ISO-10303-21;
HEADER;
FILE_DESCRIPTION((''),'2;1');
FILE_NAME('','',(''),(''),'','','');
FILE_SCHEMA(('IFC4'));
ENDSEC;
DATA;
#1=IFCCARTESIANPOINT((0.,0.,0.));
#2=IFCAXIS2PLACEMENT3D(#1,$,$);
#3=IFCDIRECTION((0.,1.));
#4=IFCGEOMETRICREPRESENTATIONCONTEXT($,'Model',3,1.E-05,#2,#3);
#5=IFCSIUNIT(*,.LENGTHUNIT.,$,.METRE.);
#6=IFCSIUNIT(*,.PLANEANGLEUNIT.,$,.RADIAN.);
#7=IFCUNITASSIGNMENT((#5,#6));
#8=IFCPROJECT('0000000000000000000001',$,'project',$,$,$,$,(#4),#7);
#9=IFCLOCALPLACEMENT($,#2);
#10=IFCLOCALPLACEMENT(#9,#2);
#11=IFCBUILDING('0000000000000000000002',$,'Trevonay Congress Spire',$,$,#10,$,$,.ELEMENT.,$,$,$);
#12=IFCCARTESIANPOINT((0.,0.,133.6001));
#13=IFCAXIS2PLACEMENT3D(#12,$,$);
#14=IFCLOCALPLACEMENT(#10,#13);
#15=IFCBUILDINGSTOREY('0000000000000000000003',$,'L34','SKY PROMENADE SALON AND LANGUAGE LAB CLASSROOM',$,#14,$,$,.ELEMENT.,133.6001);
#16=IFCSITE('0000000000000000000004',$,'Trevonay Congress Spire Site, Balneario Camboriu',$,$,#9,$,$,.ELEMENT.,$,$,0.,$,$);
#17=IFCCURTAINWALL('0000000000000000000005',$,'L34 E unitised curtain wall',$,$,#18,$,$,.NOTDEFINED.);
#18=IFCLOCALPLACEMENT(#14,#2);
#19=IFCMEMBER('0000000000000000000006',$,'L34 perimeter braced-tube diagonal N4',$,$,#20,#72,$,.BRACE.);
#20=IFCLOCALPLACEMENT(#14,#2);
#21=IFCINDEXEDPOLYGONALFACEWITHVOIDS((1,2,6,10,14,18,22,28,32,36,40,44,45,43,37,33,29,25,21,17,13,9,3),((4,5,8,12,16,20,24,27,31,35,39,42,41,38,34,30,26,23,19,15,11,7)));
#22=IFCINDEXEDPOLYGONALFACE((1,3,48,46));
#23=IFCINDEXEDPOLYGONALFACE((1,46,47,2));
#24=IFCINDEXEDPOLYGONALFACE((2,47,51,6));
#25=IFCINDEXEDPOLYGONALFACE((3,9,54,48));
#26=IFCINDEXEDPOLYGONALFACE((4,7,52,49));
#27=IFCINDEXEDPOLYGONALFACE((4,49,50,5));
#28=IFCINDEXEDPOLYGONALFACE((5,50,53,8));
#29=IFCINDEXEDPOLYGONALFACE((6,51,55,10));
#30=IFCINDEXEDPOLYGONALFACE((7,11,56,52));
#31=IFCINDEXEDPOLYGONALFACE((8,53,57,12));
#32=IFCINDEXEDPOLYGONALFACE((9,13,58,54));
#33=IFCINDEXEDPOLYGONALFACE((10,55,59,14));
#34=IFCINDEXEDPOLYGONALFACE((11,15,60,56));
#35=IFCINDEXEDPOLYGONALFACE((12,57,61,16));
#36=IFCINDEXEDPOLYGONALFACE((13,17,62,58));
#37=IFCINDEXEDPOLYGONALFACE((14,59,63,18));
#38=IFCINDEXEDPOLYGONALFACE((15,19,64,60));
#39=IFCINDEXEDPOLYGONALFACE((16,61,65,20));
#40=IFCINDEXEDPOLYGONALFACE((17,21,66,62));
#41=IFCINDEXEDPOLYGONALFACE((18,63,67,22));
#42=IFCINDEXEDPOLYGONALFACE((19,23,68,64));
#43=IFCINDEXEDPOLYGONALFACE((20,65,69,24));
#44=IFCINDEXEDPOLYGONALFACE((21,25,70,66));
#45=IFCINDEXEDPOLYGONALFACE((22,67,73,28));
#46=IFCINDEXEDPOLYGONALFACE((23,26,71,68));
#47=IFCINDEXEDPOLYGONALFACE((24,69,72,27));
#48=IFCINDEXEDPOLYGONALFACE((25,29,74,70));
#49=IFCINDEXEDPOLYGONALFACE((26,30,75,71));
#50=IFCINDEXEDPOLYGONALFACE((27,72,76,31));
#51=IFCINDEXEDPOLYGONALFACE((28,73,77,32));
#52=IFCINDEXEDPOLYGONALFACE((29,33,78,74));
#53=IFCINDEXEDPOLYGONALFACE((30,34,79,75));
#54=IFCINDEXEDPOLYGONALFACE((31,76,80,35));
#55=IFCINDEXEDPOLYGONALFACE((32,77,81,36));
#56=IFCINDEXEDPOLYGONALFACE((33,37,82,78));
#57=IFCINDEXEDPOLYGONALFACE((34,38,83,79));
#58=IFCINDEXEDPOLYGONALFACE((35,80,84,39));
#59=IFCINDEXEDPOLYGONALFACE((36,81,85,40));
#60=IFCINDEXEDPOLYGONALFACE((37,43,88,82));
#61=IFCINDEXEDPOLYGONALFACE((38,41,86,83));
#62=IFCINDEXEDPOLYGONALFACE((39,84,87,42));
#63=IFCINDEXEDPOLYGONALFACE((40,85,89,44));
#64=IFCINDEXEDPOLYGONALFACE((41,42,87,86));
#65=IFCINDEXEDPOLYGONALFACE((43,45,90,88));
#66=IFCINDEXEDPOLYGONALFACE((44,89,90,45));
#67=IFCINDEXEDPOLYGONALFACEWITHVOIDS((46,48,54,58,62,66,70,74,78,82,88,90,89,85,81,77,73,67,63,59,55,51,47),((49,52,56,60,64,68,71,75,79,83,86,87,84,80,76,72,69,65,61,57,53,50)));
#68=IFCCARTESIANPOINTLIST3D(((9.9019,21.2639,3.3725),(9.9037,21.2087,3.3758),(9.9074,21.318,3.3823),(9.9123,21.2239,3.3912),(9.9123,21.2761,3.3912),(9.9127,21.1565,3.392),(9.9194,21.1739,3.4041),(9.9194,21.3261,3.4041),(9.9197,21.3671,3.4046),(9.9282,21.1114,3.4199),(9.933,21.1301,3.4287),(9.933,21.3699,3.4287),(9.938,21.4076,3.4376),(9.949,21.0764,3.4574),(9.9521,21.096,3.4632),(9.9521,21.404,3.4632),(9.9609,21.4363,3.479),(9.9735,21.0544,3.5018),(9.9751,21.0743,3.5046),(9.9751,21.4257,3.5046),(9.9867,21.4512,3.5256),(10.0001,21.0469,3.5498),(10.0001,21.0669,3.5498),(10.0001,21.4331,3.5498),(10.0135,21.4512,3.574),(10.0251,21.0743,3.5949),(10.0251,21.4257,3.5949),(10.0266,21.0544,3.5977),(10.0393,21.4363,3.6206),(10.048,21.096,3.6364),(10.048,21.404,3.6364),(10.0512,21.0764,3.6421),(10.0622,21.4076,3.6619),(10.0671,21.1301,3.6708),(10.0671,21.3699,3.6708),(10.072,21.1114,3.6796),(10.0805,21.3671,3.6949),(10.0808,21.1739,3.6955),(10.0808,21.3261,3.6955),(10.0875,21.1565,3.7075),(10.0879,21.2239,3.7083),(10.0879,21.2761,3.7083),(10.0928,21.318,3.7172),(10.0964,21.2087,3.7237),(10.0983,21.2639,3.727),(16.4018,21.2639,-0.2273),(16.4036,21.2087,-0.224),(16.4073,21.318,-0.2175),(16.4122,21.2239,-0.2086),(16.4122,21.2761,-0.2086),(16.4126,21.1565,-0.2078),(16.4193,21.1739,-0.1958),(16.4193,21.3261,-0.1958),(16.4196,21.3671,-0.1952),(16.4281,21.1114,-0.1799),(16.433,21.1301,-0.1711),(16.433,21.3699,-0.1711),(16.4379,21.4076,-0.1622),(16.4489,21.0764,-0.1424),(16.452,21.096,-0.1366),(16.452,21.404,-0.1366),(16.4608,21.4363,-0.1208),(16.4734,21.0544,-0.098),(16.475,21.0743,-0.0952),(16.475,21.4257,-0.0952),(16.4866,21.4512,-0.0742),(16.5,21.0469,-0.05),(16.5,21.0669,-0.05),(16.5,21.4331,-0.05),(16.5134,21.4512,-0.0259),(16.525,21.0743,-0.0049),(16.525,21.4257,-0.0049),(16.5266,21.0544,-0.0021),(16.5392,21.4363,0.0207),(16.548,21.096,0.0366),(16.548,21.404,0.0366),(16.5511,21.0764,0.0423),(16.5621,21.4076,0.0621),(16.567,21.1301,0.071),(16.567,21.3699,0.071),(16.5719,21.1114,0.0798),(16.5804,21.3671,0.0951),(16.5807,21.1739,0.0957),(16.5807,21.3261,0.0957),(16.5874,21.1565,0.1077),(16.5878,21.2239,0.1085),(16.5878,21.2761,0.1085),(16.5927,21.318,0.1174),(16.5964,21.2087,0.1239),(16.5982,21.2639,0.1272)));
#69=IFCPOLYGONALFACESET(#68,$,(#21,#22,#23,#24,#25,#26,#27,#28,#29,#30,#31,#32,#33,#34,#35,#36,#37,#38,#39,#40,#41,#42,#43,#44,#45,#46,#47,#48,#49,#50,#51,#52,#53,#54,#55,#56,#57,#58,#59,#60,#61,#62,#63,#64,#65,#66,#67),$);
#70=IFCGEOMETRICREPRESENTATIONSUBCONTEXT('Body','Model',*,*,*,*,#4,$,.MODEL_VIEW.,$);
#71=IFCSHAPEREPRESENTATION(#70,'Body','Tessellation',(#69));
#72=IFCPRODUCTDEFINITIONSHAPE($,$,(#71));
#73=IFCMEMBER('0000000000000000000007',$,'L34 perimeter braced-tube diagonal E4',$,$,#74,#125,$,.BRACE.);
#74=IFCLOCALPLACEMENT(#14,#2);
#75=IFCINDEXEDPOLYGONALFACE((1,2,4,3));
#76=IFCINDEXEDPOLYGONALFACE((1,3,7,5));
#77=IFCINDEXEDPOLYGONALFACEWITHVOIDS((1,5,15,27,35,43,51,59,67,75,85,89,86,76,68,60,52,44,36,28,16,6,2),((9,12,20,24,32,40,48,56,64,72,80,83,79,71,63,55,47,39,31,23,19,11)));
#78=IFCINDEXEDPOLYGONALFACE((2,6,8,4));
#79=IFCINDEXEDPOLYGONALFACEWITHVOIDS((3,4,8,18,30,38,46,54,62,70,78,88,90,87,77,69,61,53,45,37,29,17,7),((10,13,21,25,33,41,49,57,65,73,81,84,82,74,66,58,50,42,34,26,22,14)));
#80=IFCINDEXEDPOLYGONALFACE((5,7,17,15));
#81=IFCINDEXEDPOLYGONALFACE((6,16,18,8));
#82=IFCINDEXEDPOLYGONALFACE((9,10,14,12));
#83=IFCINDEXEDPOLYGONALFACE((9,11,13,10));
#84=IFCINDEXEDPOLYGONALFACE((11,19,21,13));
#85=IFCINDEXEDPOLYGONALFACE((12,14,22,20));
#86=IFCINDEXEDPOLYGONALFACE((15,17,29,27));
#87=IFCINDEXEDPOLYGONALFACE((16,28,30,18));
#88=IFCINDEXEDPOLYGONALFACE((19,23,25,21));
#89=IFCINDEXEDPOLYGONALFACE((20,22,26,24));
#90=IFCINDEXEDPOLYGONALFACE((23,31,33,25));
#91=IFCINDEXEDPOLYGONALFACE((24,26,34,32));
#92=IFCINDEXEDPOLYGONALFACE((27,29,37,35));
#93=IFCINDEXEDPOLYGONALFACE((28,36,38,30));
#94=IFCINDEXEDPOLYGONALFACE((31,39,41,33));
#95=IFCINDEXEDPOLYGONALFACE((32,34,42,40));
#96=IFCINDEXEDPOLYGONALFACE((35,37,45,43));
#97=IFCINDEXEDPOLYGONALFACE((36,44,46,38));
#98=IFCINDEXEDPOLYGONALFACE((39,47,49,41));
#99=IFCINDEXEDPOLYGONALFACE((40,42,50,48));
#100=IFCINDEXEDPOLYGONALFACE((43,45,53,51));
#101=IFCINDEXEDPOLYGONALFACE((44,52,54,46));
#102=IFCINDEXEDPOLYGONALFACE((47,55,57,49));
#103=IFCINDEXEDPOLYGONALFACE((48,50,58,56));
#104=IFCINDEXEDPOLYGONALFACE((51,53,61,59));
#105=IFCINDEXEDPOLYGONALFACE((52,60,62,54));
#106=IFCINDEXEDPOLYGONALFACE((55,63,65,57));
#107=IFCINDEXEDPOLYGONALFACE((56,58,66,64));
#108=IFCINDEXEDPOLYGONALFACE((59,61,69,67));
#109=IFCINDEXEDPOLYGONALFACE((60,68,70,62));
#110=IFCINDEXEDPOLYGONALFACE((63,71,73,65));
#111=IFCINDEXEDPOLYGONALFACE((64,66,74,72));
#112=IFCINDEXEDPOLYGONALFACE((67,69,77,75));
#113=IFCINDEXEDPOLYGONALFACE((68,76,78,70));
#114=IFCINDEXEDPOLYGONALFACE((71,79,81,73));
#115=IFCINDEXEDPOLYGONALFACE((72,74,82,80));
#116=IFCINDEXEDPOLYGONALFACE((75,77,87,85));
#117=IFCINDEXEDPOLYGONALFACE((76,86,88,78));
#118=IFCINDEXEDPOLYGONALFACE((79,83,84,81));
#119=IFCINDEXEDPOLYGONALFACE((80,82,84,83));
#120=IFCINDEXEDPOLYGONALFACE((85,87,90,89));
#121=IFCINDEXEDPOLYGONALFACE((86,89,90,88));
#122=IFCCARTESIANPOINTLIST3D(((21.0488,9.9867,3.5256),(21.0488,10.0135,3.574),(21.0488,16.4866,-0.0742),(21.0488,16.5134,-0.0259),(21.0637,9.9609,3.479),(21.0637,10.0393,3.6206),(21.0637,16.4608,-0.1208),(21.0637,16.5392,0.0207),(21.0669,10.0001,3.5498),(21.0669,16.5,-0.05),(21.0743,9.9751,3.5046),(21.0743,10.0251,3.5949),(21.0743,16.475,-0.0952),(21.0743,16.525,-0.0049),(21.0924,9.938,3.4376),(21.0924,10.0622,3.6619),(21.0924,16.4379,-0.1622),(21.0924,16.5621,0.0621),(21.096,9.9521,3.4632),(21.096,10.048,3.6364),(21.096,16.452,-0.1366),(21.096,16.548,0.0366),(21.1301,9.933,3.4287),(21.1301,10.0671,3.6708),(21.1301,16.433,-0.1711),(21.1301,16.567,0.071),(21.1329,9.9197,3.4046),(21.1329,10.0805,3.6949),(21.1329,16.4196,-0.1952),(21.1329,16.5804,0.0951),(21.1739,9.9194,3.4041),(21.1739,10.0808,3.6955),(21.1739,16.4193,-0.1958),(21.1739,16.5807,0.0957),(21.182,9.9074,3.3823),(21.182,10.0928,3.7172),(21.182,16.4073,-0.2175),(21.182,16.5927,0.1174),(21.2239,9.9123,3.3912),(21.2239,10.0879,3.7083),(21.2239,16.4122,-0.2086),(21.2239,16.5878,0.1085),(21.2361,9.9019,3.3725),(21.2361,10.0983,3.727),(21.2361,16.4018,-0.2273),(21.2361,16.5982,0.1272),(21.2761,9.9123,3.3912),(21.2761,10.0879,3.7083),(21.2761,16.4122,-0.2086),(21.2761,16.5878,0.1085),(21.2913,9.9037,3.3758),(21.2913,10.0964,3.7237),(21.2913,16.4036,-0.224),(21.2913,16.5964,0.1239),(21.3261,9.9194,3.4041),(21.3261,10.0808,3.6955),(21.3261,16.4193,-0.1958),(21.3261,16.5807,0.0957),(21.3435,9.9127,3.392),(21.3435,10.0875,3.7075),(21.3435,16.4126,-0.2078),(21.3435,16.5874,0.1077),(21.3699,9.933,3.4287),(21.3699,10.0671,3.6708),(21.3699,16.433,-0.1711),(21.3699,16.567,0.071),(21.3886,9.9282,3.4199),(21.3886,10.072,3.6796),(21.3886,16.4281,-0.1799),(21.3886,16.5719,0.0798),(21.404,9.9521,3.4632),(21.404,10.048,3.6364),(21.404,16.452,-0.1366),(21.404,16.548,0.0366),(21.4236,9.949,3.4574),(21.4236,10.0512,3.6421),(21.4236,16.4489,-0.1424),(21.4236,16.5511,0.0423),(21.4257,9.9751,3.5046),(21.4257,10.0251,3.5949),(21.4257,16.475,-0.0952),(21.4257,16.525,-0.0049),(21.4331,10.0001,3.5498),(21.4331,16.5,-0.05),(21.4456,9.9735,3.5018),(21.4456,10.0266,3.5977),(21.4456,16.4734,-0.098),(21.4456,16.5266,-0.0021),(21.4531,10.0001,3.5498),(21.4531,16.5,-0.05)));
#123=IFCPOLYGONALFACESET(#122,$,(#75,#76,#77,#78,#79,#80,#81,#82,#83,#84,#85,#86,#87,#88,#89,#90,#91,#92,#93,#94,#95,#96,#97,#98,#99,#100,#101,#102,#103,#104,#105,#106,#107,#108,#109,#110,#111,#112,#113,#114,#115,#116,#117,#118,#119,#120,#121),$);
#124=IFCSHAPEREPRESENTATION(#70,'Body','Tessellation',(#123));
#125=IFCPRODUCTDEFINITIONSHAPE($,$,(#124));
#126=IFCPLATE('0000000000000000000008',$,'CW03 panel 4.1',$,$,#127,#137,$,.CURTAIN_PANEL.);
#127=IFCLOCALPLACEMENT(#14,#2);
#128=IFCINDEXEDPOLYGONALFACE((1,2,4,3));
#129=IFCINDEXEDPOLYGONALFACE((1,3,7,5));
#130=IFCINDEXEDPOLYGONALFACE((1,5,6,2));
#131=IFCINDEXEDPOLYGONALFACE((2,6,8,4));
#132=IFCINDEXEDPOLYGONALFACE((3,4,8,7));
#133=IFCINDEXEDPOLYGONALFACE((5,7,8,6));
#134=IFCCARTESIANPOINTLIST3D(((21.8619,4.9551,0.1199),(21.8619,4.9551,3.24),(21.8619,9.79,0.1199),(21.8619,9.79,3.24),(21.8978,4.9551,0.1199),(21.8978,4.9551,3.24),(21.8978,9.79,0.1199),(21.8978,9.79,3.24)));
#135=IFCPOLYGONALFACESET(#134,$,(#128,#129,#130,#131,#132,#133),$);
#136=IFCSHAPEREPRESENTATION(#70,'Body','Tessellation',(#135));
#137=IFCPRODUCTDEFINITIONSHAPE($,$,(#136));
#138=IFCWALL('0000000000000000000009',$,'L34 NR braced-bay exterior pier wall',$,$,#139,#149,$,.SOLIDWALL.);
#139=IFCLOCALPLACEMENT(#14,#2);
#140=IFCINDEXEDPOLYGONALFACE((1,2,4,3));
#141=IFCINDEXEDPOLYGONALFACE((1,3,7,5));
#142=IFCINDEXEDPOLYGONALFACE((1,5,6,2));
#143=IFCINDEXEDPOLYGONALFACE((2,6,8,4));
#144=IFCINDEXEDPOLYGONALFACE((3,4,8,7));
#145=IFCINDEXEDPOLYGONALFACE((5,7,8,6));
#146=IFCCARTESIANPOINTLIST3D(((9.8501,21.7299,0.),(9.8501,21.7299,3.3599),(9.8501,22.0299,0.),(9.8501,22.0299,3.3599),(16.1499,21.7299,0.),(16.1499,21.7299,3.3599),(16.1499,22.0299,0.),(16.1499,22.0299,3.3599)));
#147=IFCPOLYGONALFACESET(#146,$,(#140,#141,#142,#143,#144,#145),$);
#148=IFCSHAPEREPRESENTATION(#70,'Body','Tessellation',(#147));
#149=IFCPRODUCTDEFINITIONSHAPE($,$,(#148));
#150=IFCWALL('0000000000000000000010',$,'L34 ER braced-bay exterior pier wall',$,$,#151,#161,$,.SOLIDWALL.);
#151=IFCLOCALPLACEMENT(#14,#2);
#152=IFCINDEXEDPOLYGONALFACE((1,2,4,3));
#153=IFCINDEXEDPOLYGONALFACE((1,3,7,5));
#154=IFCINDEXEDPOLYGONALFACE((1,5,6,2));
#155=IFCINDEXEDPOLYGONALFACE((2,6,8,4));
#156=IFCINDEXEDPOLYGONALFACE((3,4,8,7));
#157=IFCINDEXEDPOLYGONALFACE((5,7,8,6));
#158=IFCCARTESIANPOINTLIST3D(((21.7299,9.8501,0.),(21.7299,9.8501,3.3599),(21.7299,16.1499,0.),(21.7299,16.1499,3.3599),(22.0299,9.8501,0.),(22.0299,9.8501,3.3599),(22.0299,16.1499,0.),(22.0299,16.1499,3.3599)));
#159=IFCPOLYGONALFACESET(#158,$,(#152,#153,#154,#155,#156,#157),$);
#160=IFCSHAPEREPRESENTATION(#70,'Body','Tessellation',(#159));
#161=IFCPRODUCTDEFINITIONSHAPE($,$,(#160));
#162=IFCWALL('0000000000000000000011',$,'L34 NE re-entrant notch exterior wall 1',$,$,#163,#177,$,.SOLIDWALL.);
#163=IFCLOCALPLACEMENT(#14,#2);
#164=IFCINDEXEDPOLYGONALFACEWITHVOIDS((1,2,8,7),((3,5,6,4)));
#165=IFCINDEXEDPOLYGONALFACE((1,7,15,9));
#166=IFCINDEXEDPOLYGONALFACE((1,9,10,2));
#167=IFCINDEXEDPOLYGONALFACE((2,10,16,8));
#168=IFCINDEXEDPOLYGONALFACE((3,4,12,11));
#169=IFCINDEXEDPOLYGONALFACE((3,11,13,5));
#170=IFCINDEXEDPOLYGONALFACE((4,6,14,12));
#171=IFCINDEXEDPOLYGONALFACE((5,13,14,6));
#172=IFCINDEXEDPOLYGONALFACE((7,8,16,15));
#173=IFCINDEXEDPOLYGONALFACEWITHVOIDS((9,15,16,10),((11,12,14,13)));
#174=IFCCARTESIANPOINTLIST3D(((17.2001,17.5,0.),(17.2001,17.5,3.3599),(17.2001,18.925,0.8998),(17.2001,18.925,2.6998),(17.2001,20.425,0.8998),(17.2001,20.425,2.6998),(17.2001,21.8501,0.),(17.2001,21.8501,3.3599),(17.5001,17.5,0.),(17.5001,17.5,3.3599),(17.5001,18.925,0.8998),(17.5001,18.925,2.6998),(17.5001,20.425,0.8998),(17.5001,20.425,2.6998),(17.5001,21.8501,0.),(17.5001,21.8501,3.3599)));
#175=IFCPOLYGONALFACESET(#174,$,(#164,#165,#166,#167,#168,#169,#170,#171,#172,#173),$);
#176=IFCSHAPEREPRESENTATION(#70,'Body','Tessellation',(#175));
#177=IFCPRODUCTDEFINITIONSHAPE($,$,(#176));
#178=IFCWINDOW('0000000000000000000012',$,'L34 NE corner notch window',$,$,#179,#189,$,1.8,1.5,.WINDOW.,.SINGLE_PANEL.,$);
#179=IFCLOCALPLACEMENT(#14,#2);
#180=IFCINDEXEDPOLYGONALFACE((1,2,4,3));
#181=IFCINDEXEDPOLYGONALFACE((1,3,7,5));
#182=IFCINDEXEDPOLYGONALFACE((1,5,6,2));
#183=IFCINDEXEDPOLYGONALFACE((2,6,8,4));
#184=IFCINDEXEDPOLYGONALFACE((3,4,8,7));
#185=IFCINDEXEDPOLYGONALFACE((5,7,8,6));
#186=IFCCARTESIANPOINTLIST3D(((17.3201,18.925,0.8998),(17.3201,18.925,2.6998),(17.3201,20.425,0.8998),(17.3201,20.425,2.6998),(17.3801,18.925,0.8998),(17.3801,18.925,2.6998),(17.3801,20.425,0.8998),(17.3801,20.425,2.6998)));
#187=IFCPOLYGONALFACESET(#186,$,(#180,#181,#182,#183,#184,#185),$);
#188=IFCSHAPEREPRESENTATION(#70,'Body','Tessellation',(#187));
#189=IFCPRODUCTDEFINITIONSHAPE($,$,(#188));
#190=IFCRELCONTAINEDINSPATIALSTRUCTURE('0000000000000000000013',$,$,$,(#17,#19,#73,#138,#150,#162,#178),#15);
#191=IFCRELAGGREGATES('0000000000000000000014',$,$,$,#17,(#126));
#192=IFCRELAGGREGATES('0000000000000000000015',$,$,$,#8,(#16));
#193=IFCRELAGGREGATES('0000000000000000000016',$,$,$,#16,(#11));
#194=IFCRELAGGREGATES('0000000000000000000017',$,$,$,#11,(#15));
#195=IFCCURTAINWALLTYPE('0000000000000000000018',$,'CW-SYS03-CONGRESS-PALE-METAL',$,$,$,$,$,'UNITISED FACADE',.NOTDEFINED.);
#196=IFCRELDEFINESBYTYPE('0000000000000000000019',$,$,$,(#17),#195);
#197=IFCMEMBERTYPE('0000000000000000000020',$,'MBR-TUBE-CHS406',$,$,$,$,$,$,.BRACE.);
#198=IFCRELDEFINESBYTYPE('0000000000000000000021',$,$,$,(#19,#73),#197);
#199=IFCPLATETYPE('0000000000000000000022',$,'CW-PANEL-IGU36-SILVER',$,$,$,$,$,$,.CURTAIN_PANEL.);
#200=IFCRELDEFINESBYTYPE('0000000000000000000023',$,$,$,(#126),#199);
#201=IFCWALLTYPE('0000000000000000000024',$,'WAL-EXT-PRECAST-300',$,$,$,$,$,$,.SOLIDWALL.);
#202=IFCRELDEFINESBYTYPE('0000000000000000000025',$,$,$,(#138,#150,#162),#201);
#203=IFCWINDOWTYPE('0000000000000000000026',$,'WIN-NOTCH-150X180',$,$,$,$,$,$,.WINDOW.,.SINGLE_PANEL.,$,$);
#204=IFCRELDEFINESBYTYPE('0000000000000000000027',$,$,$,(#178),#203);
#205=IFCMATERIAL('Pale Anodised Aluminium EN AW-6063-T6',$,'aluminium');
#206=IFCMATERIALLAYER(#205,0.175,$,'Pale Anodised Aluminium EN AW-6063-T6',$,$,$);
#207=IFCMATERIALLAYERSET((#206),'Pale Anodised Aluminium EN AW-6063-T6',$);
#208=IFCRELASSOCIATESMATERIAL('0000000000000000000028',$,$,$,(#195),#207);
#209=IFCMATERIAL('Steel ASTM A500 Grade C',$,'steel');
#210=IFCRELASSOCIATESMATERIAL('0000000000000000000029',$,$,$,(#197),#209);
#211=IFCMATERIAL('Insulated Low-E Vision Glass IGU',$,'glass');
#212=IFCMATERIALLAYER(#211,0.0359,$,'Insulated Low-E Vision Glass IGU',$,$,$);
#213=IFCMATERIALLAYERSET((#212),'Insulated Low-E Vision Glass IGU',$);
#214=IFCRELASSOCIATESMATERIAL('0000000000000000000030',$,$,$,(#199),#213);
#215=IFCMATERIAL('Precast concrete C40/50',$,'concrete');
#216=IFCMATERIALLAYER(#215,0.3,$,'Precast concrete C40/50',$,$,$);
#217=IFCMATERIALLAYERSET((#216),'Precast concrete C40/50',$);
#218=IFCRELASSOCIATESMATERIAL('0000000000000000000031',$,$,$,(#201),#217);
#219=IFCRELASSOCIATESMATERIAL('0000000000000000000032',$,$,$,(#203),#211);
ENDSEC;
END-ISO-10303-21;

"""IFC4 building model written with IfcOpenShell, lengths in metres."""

from ifc_helpers import new_model, si_unit, direction, frame, frame_2d, origin, origin_2d, place, context, subcontext, project, spatial, rectangle, hollow_circle, extrude, material, layer, layer_set, material_profile, profile_set, type_object, element, fill, aggregate, save


model = new_model("IFC4")

# Units and contexts
model_context = context("Model", 3, precision=1e-05, world=origin(), true_north=direction((0.0, 1.0)))
body_context = subcontext(model_context, "Body", "Model", "MODEL_VIEW")
ifc_project = project(units=[si_unit("LENGTHUNIT", "METRE"), si_unit("PLANEANGLEUNIT", "RADIAN")], contexts=[model_context])

# Site, building, storey
site_placement = place(None, origin())
site = spatial("IfcSite", under=ifc_project, at=site_placement, Name="Trevonay Congress Spire Site, Balneario Camboriu", CompositionType="ELEMENT", RefElevation=0.0)
building_placement = place(site_placement, origin())
building = spatial("IfcBuilding", under=site, at=building_placement, Name="Trevonay Congress Spire", CompositionType="ELEMENT")
storey_placement = place(building_placement, frame((0.0, 0.0, 133.6001)))
storey = spatial("IfcBuildingStorey", under=building, at=storey_placement, Name="L34", Description="SKY PROMENADE SALON AND LANGUAGE LAB CLASSROOM", CompositionType="ELEMENT", Elevation=133.6001)

# Shared definitions
ifc_material_1 = material(Name="Pale Anodised Aluminium EN AW-6063-T6", Category="aluminium")
ifc_layer_1 = layer(ifc_material_1, 0.175, Name="Pale Anodised Aluminium EN AW-6063-T6")
ifc_layer_set_1 = layer_set([ifc_layer_1], Name="Pale Anodised Aluminium EN AW-6063-T6")
curtain_wall_type = type_object("IfcCurtainWallType", Name="CW-SYS03-CONGRESS-PALE-METAL", ElementType="UNITISED FACADE", PredefinedType="NOTDEFINED", material=ifc_layer_set_1)

# Curtain wall
curtain_wall_1_placement = place(storey_placement, origin())
curtain_wall_1 = element("IfcCurtainWall", 1, at=curtain_wall_1_placement, inside=storey, type_object=curtain_wall_type, Name="L34 E unitised curtain wall", PredefinedType="NOTDEFINED")

# Members
ifc_material_2 = material(Name="Steel ASTM A500 Grade C", Category="steel")
ifc_material_profile_1 = material_profile(ifc_material_2, hollow_circle(Radius=0.2031, WallThickness=0.02, at=origin_2d()), Name="CHS 406.4x20")
ifc_profile_set_1 = profile_set([ifc_material_profile_1], Name="Steel ASTM A500 Grade C")
member_type_1 = type_object("IfcMemberType", Name="MBR-TUBE-CHS406", PredefinedType="BRACE", material=ifc_profile_set_1)
for number, where, z_axis, x_axis, name in (
    (2, (16.5, 21.25, -0.05), (-0.8748, 0.0, 0.484485), (0.0, -1.0, 0.0), "L34 perimeter braced-tube diagonal N4"),
    (3, (21.25, 16.5, -0.05), (0.0, -0.8748, 0.484485), (1.0, 0.0, 0.0), "L34 perimeter braced-tube diagonal E4"),
):
    element("IfcMember", number, at=place(storey_placement, frame(where, z_axis=z_axis, x_axis=x_axis)), inside=storey, type_object=member_type_1, Name=name, PredefinedType="BRACE", context=body_context, shape_type="SweptSolid", body=[
        extrude(hollow_circle(Radius=0.2031, WallThickness=0.02, at=origin_2d()), origin(), (0.0, 0.0, 1.0), 7.4302),
    ])

# Plate
ifc_material_3 = material(Name="Insulated Low-E Vision Glass IGU", Category="glass")
ifc_layer_2 = layer(ifc_material_3, 0.0359, Name="Insulated Low-E Vision Glass IGU")
ifc_layer_set_2 = layer_set([ifc_layer_2], Name="Insulated Low-E Vision Glass IGU")
plate_type = type_object("IfcPlateType", Name="CW-PANEL-IGU36-SILVER", PredefinedType="CURTAIN_PANEL", material=ifc_layer_set_2)
plate_placement = place(storey_placement, frame((21.8799, 7.3726, 0.1199), z_axis=(0.0, 0.0, 1.0), x_axis=(0.0, 1.0, 0.0)))
plate = element("IfcPlate", 4, at=plate_placement, type_object=plate_type, Name="CW03 panel 4.1", PredefinedType="CURTAIN_PANEL", context=body_context, shape_type="SweptSolid", body=[
    extrude(rectangle(XDim=4.835, YDim=0.0359, at=origin_2d()), origin(), (0.0, 0.0, 1.0), 3.1201),
])
aggregate(curtain_wall_1, [plate])

# Walls
ifc_material_4 = material(Name="Precast concrete C40/50", Category="concrete")
ifc_layer_3 = layer(ifc_material_4, 0.3, Name="Precast concrete C40/50")
ifc_layer_set_3 = layer_set([ifc_layer_3], Name="Precast concrete C40/50")
wall_type = type_object("IfcWallType", Name="WAL-EXT-PRECAST-300", PredefinedType="SOLIDWALL", material=ifc_layer_set_3)
for number, where, z_axis, x_axis, name in (
    (5, (9.8501, 21.8799, 0.0), (0.0, 0.0, 1.0), (1.0, 0.0, 0.0), "L34 NR braced-bay exterior pier wall"),
    (6, (21.8799, 9.8501, 0.0), (0.0, 0.0, 1.0), (0.0, 1.0, 0.0), "L34 ER braced-bay exterior pier wall"),
):
    element("IfcWall", number, at=place(storey_placement, frame(where, z_axis=z_axis, x_axis=x_axis)), inside=storey, type_object=wall_type, Name=name, PredefinedType="SOLIDWALL", context=body_context, shape_type="SweptSolid", body=[
        extrude(rectangle(XDim=6.2998, YDim=0.3, at=frame_2d((3.1499, 0.0))), origin(), (0.0, 0.0, 1.0), 3.3599),
    ])

# Wall, opening, window
wall_1_placement = place(storey_placement, frame((17.3501, 21.8501, 0.0), z_axis=(0.0, 0.0, 1.0), x_axis=(0.0, -1.0, 0.0)))
wall_1 = element("IfcWall", 7, at=wall_1_placement, inside=storey, type_object=wall_type, Name="L34 NE re-entrant notch exterior wall 1", PredefinedType="SOLIDWALL", context=body_context, shape_type="SweptSolid", body=[
    extrude(rectangle(XDim=4.3501, YDim=0.3, at=frame_2d((2.175, 0.0))), origin(), (0.0, 0.0, 1.0), 3.3599),
])
opening_placement = place(wall_1_placement, frame((1.425, 0.0, 0.8999)))
opening = element("IfcOpeningElement", 8, at=opening_placement, cuts=wall_1, PredefinedType="OPENING", context=body_context, shape_type="SweptSolid", body=[
    extrude(rectangle(XDim=1.5, YDim=1.8, at=frame_2d((0.75, 0.8999))), frame((0.0, 0.1602, 0.0), z_axis=(0.0, -1.0, 0.0), x_axis=(1.0, 0.0, 0.0)), (0.0, 0.0, 1.0), 0.3201),
])
window_type = type_object("IfcWindowType", Name="WIN-NOTCH-150X180", PartitioningType="SINGLE_PANEL", PredefinedType="WINDOW", material=ifc_material_3)
window_placement = place(opening_placement, origin())
window = element("IfcWindow", 9, at=window_placement, inside=storey, type_object=window_type, Name="L34 NE corner notch window", OverallHeight=1.8, OverallWidth=1.5, PartitioningType="SINGLE_PANEL", PredefinedType="WINDOW", context=body_context, shape_type="SweptSolid", body=[
    extrude(rectangle(XDim=1.5, YDim=1.8, at=frame_2d((0.75, 0.8999))), frame((0.0, 0.03, 0.0), z_axis=(0.0, -1.0, 0.0), x_axis=(1.0, 0.0, 0.0)), (0.0, 0.0, 1.0), 0.0601),
])
fill(opening, window)

save(model, "model.ifc")
